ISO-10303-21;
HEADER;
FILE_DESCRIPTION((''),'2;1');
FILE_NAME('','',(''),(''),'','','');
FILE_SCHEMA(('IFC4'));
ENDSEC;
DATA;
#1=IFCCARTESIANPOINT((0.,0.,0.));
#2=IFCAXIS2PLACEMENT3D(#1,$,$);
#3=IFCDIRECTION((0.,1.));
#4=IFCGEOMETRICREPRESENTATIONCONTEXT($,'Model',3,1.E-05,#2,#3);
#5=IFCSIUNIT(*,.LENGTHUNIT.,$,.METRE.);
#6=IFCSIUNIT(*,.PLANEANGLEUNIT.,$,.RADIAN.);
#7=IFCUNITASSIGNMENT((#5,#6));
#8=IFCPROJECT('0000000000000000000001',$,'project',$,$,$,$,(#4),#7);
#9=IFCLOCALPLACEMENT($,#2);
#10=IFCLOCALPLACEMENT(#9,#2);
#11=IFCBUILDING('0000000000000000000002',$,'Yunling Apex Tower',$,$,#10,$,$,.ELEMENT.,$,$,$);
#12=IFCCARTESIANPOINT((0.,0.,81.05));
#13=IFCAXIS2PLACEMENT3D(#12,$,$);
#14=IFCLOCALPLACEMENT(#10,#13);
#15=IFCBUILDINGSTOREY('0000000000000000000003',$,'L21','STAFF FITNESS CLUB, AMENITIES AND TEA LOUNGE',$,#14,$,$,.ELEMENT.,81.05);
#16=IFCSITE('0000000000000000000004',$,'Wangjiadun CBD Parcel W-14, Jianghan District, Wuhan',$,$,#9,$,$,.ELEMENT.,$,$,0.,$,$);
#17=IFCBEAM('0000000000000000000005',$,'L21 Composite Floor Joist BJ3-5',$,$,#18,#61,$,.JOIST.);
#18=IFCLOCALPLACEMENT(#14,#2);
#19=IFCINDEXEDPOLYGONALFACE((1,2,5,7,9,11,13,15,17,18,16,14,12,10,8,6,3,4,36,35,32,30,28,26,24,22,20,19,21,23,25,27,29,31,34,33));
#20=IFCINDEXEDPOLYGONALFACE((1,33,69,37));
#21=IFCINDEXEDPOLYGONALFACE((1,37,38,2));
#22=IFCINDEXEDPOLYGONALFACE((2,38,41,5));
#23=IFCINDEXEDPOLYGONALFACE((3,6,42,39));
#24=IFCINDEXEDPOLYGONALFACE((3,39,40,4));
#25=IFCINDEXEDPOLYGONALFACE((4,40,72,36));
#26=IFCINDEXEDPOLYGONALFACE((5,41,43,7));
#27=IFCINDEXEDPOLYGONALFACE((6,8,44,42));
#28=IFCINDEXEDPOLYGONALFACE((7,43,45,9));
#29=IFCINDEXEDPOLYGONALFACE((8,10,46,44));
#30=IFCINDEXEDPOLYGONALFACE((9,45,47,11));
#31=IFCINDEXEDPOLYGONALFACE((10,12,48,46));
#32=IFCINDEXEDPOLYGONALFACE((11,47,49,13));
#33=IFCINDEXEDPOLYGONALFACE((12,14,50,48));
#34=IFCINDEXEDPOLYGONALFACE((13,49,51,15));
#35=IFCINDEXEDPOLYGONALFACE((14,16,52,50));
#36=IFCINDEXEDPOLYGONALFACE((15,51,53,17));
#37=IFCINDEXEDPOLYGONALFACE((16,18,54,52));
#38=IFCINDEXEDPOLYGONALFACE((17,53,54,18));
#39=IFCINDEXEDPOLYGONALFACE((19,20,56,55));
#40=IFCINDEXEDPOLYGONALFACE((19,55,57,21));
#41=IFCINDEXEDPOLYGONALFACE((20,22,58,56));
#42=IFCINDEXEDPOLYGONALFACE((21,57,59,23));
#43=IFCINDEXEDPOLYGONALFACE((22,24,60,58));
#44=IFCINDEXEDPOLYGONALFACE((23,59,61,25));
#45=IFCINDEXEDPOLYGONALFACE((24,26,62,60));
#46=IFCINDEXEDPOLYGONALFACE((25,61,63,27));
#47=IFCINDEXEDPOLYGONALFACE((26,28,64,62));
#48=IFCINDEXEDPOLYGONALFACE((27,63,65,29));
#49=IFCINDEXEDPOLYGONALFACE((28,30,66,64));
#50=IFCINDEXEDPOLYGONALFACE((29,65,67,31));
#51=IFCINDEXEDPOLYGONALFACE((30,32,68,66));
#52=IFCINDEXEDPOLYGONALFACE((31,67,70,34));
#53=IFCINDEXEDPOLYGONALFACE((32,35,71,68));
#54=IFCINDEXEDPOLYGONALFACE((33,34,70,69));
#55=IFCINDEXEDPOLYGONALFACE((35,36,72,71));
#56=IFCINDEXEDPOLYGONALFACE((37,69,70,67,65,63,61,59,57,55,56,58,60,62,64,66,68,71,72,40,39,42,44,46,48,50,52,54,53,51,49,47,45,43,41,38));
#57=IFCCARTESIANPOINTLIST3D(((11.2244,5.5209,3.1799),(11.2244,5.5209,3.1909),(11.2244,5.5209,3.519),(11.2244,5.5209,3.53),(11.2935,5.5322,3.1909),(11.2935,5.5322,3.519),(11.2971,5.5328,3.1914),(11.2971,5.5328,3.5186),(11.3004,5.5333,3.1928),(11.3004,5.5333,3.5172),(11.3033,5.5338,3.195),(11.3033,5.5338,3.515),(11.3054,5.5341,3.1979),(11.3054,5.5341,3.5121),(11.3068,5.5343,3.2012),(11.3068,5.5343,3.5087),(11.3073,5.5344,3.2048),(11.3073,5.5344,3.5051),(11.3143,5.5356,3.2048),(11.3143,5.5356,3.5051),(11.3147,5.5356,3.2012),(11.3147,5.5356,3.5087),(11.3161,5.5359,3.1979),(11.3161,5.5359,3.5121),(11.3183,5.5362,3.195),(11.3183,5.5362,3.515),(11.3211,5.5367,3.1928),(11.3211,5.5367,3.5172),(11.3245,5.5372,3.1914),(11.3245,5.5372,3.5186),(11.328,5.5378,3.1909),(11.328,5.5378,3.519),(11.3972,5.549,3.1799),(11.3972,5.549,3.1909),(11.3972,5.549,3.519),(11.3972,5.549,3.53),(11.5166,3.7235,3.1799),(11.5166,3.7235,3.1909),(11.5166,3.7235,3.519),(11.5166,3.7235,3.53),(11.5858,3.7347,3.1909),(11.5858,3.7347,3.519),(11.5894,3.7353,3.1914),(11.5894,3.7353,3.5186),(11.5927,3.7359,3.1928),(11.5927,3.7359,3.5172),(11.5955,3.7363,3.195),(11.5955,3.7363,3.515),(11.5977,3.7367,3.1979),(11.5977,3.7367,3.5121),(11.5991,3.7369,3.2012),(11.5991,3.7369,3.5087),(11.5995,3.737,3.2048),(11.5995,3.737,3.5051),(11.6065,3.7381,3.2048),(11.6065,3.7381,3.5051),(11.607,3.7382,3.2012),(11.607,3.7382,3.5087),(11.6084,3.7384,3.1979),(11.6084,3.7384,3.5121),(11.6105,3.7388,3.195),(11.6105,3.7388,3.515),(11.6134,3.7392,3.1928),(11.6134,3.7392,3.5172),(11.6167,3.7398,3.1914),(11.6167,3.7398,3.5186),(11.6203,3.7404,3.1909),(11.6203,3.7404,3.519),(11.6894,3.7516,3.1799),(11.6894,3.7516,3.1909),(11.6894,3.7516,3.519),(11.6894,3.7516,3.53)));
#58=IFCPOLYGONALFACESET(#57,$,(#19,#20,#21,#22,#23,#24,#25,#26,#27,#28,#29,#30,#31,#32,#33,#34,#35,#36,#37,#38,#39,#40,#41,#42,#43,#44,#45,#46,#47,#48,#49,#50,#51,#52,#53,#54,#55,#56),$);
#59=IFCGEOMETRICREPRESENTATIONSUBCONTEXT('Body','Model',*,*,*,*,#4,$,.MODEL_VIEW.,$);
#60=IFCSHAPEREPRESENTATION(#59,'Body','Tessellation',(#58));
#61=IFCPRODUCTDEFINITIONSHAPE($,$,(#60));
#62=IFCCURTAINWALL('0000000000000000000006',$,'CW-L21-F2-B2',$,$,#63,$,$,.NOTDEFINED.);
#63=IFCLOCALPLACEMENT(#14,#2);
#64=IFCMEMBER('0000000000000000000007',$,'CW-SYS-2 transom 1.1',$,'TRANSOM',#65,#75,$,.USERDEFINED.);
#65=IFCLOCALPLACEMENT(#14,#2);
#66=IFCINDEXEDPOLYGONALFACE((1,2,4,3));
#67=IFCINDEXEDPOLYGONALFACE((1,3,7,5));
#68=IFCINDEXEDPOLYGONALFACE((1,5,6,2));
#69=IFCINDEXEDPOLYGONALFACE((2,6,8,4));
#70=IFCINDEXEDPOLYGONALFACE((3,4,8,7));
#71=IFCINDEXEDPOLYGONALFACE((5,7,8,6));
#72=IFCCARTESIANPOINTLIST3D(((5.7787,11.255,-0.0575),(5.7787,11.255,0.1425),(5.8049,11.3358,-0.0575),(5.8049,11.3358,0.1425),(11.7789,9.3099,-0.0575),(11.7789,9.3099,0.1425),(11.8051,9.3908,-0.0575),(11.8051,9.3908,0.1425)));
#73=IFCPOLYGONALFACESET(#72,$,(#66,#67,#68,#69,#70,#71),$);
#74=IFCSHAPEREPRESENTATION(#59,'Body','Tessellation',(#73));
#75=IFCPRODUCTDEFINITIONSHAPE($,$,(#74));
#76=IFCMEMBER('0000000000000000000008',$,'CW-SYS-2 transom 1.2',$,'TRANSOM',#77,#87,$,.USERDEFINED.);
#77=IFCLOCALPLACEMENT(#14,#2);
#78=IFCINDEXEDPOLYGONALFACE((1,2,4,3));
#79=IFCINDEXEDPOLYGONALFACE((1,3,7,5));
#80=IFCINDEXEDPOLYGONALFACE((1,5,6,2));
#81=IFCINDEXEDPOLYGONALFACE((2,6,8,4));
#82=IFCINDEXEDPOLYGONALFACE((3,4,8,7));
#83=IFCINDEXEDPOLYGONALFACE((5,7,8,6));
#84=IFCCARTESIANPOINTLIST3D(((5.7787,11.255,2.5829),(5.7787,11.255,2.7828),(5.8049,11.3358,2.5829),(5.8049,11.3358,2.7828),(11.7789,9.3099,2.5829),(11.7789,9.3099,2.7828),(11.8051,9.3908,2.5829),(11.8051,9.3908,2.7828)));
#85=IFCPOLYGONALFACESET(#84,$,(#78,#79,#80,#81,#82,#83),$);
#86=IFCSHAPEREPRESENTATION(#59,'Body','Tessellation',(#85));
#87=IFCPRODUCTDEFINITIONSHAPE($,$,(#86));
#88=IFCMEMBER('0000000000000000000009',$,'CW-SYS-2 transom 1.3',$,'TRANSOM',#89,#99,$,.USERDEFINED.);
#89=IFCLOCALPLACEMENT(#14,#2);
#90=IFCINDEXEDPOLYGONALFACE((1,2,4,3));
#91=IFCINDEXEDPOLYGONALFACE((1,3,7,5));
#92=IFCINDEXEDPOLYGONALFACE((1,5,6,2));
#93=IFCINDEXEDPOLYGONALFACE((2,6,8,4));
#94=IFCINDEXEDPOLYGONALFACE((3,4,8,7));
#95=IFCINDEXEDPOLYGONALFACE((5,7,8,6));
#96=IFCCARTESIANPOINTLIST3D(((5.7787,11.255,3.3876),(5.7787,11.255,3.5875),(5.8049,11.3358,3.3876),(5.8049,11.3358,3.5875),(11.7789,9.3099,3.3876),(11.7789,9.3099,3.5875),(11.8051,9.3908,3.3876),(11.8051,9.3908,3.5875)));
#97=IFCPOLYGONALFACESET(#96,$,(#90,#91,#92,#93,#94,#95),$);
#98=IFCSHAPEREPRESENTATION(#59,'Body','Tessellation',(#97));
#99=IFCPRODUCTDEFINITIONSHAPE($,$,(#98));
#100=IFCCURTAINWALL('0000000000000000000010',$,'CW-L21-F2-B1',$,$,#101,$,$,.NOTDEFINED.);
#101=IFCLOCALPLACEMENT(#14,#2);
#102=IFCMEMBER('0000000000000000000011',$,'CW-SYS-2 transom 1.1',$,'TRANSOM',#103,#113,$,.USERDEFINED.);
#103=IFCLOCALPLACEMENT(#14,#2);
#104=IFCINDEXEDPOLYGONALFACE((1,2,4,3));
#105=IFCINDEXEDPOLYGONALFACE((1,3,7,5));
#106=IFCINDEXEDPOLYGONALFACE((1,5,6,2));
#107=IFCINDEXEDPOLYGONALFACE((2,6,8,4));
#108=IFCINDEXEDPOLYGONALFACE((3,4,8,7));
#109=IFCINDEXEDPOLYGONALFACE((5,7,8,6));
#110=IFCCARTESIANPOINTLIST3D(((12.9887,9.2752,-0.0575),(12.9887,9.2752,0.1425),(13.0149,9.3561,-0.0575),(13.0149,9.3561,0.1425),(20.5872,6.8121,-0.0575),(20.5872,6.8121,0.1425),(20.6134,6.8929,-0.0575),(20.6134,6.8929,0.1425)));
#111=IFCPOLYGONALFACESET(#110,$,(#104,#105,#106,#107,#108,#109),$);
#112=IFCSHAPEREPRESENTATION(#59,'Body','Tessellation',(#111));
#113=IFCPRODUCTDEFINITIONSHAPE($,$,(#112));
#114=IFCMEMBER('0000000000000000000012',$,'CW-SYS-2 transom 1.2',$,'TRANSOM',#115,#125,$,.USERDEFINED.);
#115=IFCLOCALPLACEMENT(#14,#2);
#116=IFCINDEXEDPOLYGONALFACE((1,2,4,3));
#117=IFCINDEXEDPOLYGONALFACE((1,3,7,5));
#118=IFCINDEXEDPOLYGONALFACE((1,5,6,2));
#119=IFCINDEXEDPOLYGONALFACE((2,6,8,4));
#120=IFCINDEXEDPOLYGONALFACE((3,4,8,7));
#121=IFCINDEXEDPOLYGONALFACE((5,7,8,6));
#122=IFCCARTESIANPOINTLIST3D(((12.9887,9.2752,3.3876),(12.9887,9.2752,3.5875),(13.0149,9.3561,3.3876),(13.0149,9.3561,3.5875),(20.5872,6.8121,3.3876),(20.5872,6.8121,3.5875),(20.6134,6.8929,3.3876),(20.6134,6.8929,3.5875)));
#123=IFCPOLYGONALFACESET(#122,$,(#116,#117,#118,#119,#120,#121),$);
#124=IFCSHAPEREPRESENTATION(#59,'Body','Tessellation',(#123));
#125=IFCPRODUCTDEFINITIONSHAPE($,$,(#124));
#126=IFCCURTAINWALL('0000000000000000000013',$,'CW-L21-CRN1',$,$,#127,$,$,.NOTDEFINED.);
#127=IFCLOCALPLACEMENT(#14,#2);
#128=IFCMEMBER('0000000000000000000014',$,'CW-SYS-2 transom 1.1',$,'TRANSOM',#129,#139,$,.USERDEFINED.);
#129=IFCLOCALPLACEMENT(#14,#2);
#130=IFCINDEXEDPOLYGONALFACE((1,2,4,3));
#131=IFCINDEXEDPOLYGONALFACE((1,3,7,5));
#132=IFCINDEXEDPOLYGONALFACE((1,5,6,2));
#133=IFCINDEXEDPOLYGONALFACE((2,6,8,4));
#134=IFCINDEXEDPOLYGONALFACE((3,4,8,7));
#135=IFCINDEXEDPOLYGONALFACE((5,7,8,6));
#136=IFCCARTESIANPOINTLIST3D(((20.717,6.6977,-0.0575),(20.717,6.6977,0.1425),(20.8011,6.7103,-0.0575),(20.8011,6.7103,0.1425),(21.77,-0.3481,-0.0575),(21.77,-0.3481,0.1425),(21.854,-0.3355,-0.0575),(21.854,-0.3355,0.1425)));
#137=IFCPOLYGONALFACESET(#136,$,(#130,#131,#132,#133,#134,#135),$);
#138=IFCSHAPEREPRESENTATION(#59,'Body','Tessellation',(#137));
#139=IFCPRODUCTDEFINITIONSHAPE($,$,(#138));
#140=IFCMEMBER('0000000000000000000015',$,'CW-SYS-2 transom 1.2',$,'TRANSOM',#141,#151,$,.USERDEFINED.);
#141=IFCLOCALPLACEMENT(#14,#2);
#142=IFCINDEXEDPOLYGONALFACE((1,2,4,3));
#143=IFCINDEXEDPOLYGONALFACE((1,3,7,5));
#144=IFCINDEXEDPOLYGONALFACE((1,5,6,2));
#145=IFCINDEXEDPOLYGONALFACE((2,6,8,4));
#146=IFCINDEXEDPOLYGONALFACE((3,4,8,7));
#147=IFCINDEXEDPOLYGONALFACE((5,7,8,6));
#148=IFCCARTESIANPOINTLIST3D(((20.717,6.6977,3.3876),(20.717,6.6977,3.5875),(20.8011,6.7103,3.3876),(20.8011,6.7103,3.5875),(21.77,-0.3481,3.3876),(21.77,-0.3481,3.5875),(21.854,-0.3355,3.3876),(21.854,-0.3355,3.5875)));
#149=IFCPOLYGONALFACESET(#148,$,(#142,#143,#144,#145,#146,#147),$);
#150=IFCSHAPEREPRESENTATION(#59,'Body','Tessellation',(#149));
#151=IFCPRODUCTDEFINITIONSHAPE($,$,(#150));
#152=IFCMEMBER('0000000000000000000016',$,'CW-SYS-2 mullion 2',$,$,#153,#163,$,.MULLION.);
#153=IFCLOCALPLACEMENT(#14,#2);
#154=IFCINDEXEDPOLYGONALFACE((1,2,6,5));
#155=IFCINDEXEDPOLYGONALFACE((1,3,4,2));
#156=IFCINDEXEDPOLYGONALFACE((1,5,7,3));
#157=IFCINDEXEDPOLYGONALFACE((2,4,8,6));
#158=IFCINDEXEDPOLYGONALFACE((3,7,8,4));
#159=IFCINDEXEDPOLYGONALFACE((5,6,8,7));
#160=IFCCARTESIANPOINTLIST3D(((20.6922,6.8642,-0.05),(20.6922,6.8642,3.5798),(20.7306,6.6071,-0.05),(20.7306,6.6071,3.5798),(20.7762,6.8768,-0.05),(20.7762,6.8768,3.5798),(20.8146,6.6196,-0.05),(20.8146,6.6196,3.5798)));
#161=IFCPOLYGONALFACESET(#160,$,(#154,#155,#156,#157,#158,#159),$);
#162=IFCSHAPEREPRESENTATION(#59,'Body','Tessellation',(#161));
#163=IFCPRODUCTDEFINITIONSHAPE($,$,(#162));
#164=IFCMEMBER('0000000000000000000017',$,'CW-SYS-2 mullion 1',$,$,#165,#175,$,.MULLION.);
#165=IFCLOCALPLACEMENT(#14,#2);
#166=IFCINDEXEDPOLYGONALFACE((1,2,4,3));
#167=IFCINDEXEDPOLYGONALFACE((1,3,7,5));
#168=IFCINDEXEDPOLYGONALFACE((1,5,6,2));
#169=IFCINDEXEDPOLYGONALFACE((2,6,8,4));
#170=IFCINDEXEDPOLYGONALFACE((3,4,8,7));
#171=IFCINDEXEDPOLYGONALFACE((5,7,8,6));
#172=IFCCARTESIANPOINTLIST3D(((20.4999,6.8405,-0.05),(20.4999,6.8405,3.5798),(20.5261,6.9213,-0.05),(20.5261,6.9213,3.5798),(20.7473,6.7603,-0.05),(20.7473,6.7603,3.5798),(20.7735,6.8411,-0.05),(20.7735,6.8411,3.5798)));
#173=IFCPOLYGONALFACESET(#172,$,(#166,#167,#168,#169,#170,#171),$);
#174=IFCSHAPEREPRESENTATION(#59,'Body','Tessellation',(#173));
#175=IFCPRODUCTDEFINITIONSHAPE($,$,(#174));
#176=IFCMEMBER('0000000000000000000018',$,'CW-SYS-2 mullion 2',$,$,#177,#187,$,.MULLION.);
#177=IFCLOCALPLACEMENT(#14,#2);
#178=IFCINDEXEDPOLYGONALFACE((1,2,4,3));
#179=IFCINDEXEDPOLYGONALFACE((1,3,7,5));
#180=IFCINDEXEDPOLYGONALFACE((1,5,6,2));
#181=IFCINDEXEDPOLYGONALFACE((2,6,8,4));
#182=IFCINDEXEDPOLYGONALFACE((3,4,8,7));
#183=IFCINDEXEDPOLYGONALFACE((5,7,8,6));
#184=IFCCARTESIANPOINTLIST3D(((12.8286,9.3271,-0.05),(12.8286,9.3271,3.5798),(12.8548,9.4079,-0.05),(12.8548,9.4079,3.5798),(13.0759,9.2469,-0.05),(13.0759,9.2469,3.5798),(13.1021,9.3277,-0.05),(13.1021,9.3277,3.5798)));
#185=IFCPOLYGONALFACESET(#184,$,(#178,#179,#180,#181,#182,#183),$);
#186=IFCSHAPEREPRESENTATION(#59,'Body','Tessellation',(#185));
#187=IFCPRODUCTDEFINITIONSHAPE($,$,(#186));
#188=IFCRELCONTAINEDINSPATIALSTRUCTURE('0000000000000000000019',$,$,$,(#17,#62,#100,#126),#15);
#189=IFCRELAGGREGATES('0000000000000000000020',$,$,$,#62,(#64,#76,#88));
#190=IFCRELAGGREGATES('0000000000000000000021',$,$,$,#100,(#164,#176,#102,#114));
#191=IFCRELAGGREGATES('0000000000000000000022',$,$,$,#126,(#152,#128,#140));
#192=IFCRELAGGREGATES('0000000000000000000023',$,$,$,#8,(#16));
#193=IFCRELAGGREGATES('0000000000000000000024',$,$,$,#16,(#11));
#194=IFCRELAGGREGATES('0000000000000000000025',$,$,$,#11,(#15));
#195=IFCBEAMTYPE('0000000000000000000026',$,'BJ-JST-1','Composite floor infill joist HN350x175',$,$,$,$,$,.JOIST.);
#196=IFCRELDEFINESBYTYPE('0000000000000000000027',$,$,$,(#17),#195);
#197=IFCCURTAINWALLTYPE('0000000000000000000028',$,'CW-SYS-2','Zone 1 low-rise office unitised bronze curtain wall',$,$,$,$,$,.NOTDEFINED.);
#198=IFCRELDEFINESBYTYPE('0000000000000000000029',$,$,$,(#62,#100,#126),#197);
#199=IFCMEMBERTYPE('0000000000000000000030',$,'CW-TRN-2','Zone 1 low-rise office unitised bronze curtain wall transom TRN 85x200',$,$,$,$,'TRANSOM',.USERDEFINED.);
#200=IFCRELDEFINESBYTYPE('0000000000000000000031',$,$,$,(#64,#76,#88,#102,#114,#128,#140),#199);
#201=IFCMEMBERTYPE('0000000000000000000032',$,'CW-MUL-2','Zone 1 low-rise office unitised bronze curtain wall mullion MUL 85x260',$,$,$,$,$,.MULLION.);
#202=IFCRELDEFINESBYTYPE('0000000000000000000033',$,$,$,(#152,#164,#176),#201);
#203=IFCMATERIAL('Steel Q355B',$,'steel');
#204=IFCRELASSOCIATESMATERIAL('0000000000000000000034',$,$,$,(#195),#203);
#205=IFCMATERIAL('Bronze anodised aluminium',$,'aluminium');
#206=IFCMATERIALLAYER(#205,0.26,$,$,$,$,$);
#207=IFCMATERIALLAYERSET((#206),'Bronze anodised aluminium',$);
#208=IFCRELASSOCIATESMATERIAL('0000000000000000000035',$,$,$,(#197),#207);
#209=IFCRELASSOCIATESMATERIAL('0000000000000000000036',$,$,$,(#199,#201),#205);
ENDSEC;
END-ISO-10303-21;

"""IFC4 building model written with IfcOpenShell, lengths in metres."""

from ifc_helpers import new_model, si_unit, direction, frame, origin, origin_2d, place, context, subcontext, project, spatial, rectangle, i_section, extrude, source, transform, mapped, material, layer, layer_set, material_profile, profile_set, type_object, element, aggregate, save


model = new_model("IFC4")

# Units and contexts
model_context = context("Model", 3, precision=1e-05, world=origin(), true_north=direction((0.0, 1.0)))
body_context = subcontext(model_context, "Body", "Model", "MODEL_VIEW")
ifc_project = project(units=[si_unit("LENGTHUNIT", "METRE"), si_unit("PLANEANGLEUNIT", "RADIAN")], contexts=[model_context])

# Site, building, storey
site_placement = place(None, origin())
site = spatial("IfcSite", under=ifc_project, at=site_placement, Name="Wangjiadun CBD Parcel W-14, Jianghan District, Wuhan", CompositionType="ELEMENT", RefElevation=0.0)
building_placement = place(site_placement, origin())
building = spatial("IfcBuilding", under=site, at=building_placement, Name="Yunling Apex Tower", CompositionType="ELEMENT")
storey_placement = place(building_placement, frame((0.0, 0.0, 81.05)))
storey = spatial("IfcBuildingStorey", under=building, at=storey_placement, Name="L21", Description="STAFF FITNESS CLUB, AMENITIES AND TEA LOUNGE", CompositionType="ELEMENT", Elevation=81.05)

# Beam
ifc_material_1 = material(Name="Steel Q355B", Category="steel")
ifc_material_profile_1 = material_profile(ifc_material_1, i_section(OverallWidth=0.175, OverallDepth=0.3501, WebThickness=0.0071, FlangeThickness=0.011, FilletRadius=0.0139, at=origin_2d()))
ifc_profile_set_1 = profile_set([ifc_material_profile_1], Name="Steel Q355B")
beam_type_1 = type_object("IfcBeamType", Name="BJ-JST-1", Description="Composite floor infill joist HN350x175", PredefinedType="JOIST", material=ifc_profile_set_1)
shared_shape_1 = source(origin(), body_context, "Body", "SweptSolid", [
    extrude(i_section(OverallWidth=0.175, OverallDepth=0.3501, WebThickness=0.0071, FlangeThickness=0.011, FilletRadius=0.0139, at=origin_2d()), origin(), (0.0, 0.0, 1.0), 1.821),
])
beam_1_placement = place(storey_placement, frame((11.603, 3.7375, 3.355), z_axis=(-0.160484, 0.987038, 0.0), x_axis=(-0.987038, -0.160484, 0.0)))
element("IfcBeam", 1, at=beam_1_placement, inside=storey, type_object=beam_type_1, Name="L21 Composite Floor Joist BJ3-5", PredefinedType="JOIST", context=body_context, shape_type="MappedRepresentation", body=[
    mapped(shared_shape_1, transform((0.0, 0.0, 0.0), scale=1.0)),
])

# Curtain walls, members
ifc_material_2 = material(Name="Bronze anodised aluminium", Category="aluminium")
ifc_layer_1 = layer(ifc_material_2, 0.26)
ifc_layer_set_1 = layer_set([ifc_layer_1], Name="Bronze anodised aluminium")
curtain_wall_type = type_object("IfcCurtainWallType", Name="CW-SYS-2", Description="Zone 1 low-rise office unitised bronze curtain wall", PredefinedType="NOTDEFINED", material=ifc_layer_set_1)
curtain_wall_1_placement = place(storey_placement, origin())
curtain_wall_1 = element("IfcCurtainWall", 2, at=curtain_wall_1_placement, inside=storey, type_object=curtain_wall_type, Name="CW-L21-F2-B2", PredefinedType="NOTDEFINED")
ifc_material_profile_2 = material_profile(ifc_material_2, rectangle(XDim=0.085, YDim=0.2, at=origin_2d()))
ifc_profile_set_2 = profile_set([ifc_material_profile_2], Name="Bronze anodised aluminium")
member_type_1 = type_object("IfcMemberType", Name="CW-TRN-2", Description="Zone 1 low-rise office unitised bronze curtain wall transom TRN 85x200", ElementType="TRANSOM", PredefinedType="USERDEFINED", material=ifc_profile_set_2)
shared_shape_2 = source(origin(), body_context, "Body", "SweptSolid", [
    extrude(rectangle(XDim=0.085, YDim=0.2, at=origin_2d()), origin(), (0.0, 0.0, 1.0), 6.3076),
])
member_1_placement = place(storey_placement, frame((11.792, 9.3503, 0.0425), z_axis=(-0.951267, 0.308367, 0.0), x_axis=(-0.308367, -0.951267, 0.0)))
member_1 = element("IfcMember", 3, at=member_1_placement, type_object=member_type_1, Name="CW-SYS-2 transom 1.1", ObjectType="TRANSOM", PredefinedType="USERDEFINED", context=body_context, shape_type="MappedRepresentation", body=[
    mapped(shared_shape_2, transform((0.0, 0.0, 0.0), scale=1.0)),
])
member_2_placement = place(storey_placement, frame((11.792, 9.3503, 2.6829), z_axis=(-0.951267, 0.308367, 0.0), x_axis=(-0.308367, -0.951267, 0.0)))
member_2 = element("IfcMember", 4, at=member_2_placement, type_object=member_type_1, Name="CW-SYS-2 transom 1.2", ObjectType="TRANSOM", PredefinedType="USERDEFINED", context=body_context, shape_type="MappedRepresentation", body=[
    mapped(shared_shape_2, transform((0.0, 0.0, 0.0), scale=1.0)),
])
member_3_placement = place(storey_placement, frame((11.792, 9.3503, 3.4875), z_axis=(-0.951267, 0.308367, 0.0), x_axis=(-0.308367, -0.951267, 0.0)))
member_3 = element("IfcMember", 5, at=member_3_placement, type_object=member_type_1, Name="CW-SYS-2 transom 1.3", ObjectType="TRANSOM", PredefinedType="USERDEFINED", context=body_context, shape_type="MappedRepresentation", body=[
    mapped(shared_shape_2, transform((0.0, 0.0, 0.0), scale=1.0)),
])
curtain_wall_2_placement = place(storey_placement, origin())
curtain_wall_2 = element("IfcCurtainWall", 6, at=curtain_wall_2_placement, inside=storey, type_object=curtain_wall_type, Name="CW-L21-F2-B1", PredefinedType="NOTDEFINED")
shared_shape_3 = source(origin(), body_context, "Body", "SweptSolid", [
    extrude(rectangle(XDim=0.085, YDim=0.2, at=origin_2d()), origin(), (0.0, 0.0, 1.0), 7.9878),
])
member_4_placement = place(storey_placement, frame((20.6003, 6.8525, 0.0425), z_axis=(-0.95127, 0.308359, 0.0), x_axis=(-0.308359, -0.95127, 0.0)))
member_4 = element("IfcMember", 7, at=member_4_placement, type_object=member_type_1, Name="CW-SYS-2 transom 1.1", ObjectType="TRANSOM", PredefinedType="USERDEFINED", context=body_context, shape_type="MappedRepresentation", body=[
    mapped(shared_shape_3, transform((0.0, 0.0, 0.0), scale=1.0)),
])
member_5_placement = place(storey_placement, frame((20.6003, 6.8525, 3.4875), z_axis=(-0.95127, 0.308359, 0.0), x_axis=(-0.308359, -0.95127, 0.0)))
member_5 = element("IfcMember", 8, at=member_5_placement, type_object=member_type_1, Name="CW-SYS-2 transom 1.2", ObjectType="TRANSOM", PredefinedType="USERDEFINED", context=body_context, shape_type="MappedRepresentation", body=[
    mapped(shared_shape_3, transform((0.0, 0.0, 0.0), scale=1.0)),
])
curtain_wall_3_placement = place(storey_placement, origin())
curtain_wall_3 = element("IfcCurtainWall", 9, at=curtain_wall_3_placement, inside=storey, type_object=curtain_wall_type, Name="CW-L21-CRN1", PredefinedType="NOTDEFINED")
shared_shape_4 = source(origin(), body_context, "Body", "SweptSolid", [
    extrude(rectangle(XDim=0.085, YDim=0.2, at=origin_2d()), origin(), (0.0, 0.0, 1.0), 7.124),
])
member_6_placement = place(storey_placement, frame((21.812, -0.3418, 0.0425), z_axis=(-0.147804, 0.989017, 0.0), x_axis=(-0.989017, -0.147804, 0.0)))
member_6 = element("IfcMember", 10, at=member_6_placement, type_object=member_type_1, Name="CW-SYS-2 transom 1.1", ObjectType="TRANSOM", PredefinedType="USERDEFINED", context=body_context, shape_type="MappedRepresentation", body=[
    mapped(shared_shape_4, transform((0.0, 0.0, 0.0), scale=1.0)),
])
member_7_placement = place(storey_placement, frame((21.812, -0.3418, 3.4875), z_axis=(-0.147804, 0.989017, 0.0), x_axis=(-0.989017, -0.147804, 0.0)))
member_7 = element("IfcMember", 11, at=member_7_placement, type_object=member_type_1, Name="CW-SYS-2 transom 1.2", ObjectType="TRANSOM", PredefinedType="USERDEFINED", context=body_context, shape_type="MappedRepresentation", body=[
    mapped(shared_shape_4, transform((0.0, 0.0, 0.0), scale=1.0)),
])
ifc_material_profile_3 = material_profile(ifc_material_2, rectangle(XDim=0.085, YDim=0.26, at=origin_2d()))
ifc_profile_set_3 = profile_set([ifc_material_profile_3], Name="Bronze anodised aluminium")
member_type_2 = type_object("IfcMemberType", Name="CW-MUL-2", Description="Zone 1 low-rise office unitised bronze curtain wall mullion MUL 85x260", PredefinedType="MULLION", material=ifc_profile_set_3)
shared_shape_5 = source(origin(), body_context, "Body", "SweptSolid", [
    extrude(rectangle(XDim=0.085, YDim=0.26, at=origin_2d()), origin(), (0.0, 0.0, 1.0), 3.6299),
])
member_8_placement = place(storey_placement, frame((20.7534, 6.7419, -0.05), z_axis=(0.0, 0.0, 1.0), x_axis=(-0.989018, -0.147798, 0.0)))
member_8 = element("IfcMember", 12, at=member_8_placement, type_object=member_type_2, Name="CW-SYS-2 mullion 2", PredefinedType="MULLION", context=body_context, shape_type="MappedRepresentation", body=[
    mapped(shared_shape_5, transform((0.0, 0.0, 0.0), scale=1.0)),
])

# Members
member_9_placement = place(storey_placement, frame((20.6367, 6.8408, -0.05), z_axis=(0.0, 0.0, 1.0), x_axis=(-0.308357, -0.951271, 0.0)))
member_9 = element("IfcMember", 13, at=member_9_placement, type_object=member_type_2, Name="CW-SYS-2 mullion 1", PredefinedType="MULLION", context=body_context, shape_type="MappedRepresentation", body=[
    mapped(shared_shape_5, transform((0.0, 0.0, 0.0), scale=1.0)),
])
member_10_placement = place(storey_placement, frame((12.9653, 9.3274, -0.05), z_axis=(0.0, 0.0, 1.0), x_axis=(-0.308357, -0.951271, 0.0)))
member_10 = element("IfcMember", 14, at=member_10_placement, type_object=member_type_2, Name="CW-SYS-2 mullion 2", PredefinedType="MULLION", context=body_context, shape_type="MappedRepresentation", body=[
    mapped(shared_shape_5, transform((0.0, 0.0, 0.0), scale=1.0)),
])

aggregate(curtain_wall_1, [member_1, member_2, member_3])
aggregate(curtain_wall_2, [member_9, member_10, member_4, member_5])
aggregate(curtain_wall_3, [member_8, member_6, member_7])

save(model, "model.ifc")
